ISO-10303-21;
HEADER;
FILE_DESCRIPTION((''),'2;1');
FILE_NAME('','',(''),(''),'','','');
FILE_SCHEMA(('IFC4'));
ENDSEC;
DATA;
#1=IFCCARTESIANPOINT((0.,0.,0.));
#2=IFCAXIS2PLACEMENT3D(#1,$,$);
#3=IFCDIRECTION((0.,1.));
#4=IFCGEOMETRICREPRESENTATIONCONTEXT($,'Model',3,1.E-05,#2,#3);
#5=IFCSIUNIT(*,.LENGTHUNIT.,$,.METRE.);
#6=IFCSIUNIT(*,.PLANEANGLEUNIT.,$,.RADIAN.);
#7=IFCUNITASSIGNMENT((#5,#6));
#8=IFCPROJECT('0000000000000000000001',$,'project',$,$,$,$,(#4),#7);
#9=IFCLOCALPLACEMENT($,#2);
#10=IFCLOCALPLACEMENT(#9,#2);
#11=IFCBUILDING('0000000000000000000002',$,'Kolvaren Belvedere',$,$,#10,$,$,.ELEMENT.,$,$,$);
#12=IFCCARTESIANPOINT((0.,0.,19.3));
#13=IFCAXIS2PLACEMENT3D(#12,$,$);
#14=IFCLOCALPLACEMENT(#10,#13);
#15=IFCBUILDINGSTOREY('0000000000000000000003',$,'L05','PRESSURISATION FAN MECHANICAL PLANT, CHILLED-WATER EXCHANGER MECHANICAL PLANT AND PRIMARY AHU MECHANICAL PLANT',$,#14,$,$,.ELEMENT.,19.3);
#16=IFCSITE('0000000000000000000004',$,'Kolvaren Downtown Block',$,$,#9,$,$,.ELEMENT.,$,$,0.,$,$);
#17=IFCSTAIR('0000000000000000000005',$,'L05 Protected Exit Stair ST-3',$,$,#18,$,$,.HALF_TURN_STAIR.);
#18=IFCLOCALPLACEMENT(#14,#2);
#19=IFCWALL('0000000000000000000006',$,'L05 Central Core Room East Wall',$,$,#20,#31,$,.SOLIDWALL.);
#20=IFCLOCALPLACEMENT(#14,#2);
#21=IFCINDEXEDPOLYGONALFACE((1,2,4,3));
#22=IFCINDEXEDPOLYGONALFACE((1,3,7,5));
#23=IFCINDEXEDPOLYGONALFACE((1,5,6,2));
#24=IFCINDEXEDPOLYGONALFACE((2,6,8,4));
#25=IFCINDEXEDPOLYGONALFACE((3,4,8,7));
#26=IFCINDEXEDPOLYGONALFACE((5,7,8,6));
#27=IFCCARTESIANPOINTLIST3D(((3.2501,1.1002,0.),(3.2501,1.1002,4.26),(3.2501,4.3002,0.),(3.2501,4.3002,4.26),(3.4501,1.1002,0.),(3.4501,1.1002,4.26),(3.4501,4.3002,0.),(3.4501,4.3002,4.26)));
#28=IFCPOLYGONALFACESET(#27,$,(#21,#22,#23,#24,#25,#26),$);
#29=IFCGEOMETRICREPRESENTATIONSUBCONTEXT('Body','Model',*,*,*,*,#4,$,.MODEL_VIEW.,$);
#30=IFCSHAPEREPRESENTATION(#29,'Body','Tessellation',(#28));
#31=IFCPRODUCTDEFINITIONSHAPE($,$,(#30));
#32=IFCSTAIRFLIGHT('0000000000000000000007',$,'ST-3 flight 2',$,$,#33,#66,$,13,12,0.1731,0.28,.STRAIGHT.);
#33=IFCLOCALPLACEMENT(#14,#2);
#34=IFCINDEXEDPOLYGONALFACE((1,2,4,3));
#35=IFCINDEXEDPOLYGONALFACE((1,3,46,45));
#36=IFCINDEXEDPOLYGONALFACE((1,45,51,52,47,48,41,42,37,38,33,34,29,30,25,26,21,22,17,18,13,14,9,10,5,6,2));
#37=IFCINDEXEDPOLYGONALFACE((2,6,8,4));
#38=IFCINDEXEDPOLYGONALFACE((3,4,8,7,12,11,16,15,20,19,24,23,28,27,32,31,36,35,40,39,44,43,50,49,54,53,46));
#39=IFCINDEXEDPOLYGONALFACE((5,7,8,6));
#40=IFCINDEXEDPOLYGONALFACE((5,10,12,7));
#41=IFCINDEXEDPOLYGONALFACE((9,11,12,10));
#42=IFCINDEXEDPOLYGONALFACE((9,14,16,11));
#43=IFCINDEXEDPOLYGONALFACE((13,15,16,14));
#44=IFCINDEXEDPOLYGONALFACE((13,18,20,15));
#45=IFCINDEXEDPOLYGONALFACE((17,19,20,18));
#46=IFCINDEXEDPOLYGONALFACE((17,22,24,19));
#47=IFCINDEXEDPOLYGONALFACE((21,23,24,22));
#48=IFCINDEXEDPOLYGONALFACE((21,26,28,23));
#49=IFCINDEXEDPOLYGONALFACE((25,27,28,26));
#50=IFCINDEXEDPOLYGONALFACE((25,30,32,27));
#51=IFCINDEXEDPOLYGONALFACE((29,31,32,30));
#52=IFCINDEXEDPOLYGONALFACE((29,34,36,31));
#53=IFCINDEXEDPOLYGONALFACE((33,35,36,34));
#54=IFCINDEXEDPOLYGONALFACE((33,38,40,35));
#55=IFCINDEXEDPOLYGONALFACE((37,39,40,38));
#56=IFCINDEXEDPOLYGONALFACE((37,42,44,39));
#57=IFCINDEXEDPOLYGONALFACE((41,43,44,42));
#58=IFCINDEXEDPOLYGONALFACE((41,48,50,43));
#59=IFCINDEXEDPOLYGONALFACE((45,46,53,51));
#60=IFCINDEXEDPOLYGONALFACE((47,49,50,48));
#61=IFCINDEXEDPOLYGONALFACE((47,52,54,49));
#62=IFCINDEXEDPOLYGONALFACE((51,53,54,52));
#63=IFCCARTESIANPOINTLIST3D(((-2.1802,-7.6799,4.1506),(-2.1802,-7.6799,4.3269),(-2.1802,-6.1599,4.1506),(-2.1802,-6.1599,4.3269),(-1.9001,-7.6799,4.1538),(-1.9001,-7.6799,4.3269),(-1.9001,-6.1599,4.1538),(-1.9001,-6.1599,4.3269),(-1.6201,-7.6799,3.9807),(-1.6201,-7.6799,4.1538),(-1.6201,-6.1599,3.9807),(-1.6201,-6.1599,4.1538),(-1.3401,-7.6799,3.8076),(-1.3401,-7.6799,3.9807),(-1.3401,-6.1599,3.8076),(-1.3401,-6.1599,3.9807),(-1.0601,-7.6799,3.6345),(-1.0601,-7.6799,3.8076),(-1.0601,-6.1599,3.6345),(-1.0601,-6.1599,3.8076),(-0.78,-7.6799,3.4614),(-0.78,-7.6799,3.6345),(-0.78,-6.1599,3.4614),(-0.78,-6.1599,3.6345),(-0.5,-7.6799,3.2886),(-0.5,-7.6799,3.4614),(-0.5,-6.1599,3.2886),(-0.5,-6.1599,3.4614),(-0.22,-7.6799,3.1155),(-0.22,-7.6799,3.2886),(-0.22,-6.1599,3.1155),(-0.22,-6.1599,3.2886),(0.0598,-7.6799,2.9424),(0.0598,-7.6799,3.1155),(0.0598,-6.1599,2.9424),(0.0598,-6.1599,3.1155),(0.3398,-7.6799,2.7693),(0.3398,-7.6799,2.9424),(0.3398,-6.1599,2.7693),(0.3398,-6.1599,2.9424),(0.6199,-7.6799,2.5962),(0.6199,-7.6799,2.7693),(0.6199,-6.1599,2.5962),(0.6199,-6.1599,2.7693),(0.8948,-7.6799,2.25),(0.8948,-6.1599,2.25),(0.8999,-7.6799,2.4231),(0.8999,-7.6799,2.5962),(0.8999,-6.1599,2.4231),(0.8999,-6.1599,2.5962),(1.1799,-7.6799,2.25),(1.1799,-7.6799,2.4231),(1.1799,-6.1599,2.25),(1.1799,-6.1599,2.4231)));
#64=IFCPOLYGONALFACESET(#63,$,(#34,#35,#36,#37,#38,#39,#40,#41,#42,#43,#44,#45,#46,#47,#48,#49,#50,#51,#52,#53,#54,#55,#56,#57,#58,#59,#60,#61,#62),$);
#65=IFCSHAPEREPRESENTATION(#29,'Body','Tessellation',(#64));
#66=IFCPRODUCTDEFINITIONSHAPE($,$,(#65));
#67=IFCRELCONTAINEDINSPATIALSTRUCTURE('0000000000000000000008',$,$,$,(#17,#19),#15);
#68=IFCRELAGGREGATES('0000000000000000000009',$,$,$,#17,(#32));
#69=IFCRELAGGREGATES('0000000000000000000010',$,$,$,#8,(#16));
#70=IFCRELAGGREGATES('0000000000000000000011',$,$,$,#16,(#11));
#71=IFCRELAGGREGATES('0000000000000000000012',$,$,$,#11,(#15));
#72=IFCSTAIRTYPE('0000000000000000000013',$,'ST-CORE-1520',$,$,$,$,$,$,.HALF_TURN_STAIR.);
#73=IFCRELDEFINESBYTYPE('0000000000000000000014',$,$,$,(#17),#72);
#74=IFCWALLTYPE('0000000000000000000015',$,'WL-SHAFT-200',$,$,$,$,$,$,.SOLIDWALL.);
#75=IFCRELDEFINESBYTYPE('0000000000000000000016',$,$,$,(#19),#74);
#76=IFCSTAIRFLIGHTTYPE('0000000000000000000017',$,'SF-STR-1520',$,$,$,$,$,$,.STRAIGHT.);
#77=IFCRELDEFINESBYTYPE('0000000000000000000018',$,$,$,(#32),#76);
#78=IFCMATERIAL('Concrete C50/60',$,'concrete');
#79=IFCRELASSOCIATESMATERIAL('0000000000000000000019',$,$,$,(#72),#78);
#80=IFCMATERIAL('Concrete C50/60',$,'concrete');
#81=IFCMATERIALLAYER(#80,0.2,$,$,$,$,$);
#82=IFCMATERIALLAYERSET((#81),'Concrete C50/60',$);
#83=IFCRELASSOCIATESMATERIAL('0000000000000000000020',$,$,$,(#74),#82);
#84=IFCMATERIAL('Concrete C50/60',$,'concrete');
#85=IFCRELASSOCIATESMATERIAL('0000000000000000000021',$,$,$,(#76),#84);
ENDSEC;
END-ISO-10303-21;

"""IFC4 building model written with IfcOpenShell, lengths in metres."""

from ifc_helpers import new_model, si_unit, direction, frame, frame_2d, origin, place, context, subcontext, project, spatial, polyline, rectangle, outline, extrude, material, layer, layer_set, type_object, element, aggregate, save


model = new_model("IFC4")

# Units and contexts
model_context = context("Model", 3, precision=1e-05, world=origin(), true_north=direction((0.0, 1.0)))
body_context = subcontext(model_context, "Body", "Model", "MODEL_VIEW")
ifc_project = project(units=[si_unit("LENGTHUNIT", "METRE"), si_unit("PLANEANGLEUNIT", "RADIAN")], contexts=[model_context])

# Site, building, storey
site_placement = place(None, origin())
site = spatial("IfcSite", under=ifc_project, at=site_placement, Name="Kolvaren Downtown Block", CompositionType="ELEMENT", RefElevation=0.0)
building_placement = place(site_placement, origin())
building = spatial("IfcBuilding", under=site, at=building_placement, Name="Kolvaren Belvedere", CompositionType="ELEMENT")
storey_placement = place(building_placement, frame((0.0, 0.0, 19.3)))
storey = spatial("IfcBuildingStorey", under=building, at=storey_placement, Name="L05", Description="PRESSURISATION FAN MECHANICAL PLANT, CHILLED-WATER EXCHANGER MECHANICAL PLANT AND PRIMARY AHU MECHANICAL PLANT", CompositionType="ELEMENT", Elevation=19.3)

# Stair
ifc_material_1 = material(Name="Concrete C50/60", Category="concrete")
stair_type = type_object("IfcStairType", Name="ST-CORE-1520", PredefinedType="HALF_TURN_STAIR", material=ifc_material_1)
stair_1_placement = place(storey_placement, origin())
stair_1 = element("IfcStair", 1, at=stair_1_placement, inside=storey, type_object=stair_type, Name="L05 Protected Exit Stair ST-3", PredefinedType="HALF_TURN_STAIR")

# Wall
ifc_material_2 = material(Name="Concrete C50/60", Category="concrete")
ifc_layer_1 = layer(ifc_material_2, 0.2)
ifc_layer_set_1 = layer_set([ifc_layer_1], Name="Concrete C50/60")
wall_type_1 = type_object("IfcWallType", Name="WL-SHAFT-200", PredefinedType="SOLIDWALL", material=ifc_layer_set_1)
wall_1_placement = place(storey_placement, frame((3.3501, 1.1001, 0.0), z_axis=(0.0, 0.0, 1.0), x_axis=(0.0, 1.0, 0.0)))
element("IfcWall", 2, at=wall_1_placement, inside=storey, type_object=wall_type_1, Name="L05 Central Core Room East Wall", PredefinedType="SOLIDWALL", context=body_context, shape_type="SweptSolid", body=[
    extrude(rectangle(XDim=3.2, YDim=0.2, at=frame_2d((1.6001, 0.0))), origin(), (0.0, 0.0, 1.0), 4.26),
])

# Stair flight
ifc_material_3 = material(Name="Concrete C50/60", Category="concrete")
stair_flight_type = type_object("IfcStairFlightType", Name="SF-STR-1520", PredefinedType="STRAIGHT", material=ifc_material_3)
stair_flight_placement = place(storey_placement, frame((1.1799, -6.9199, 2.25), z_axis=(0.0, 0.0, 1.0), x_axis=(-1.0, 0.0, 0.0)))
stair_flight = element("IfcStairFlight", 3, at=stair_flight_placement, type_object=stair_flight_type, Name="ST-3 flight 2", NumberOfRisers=13, NumberOfTreads=12, PredefinedType="STRAIGHT", RiserHeight=0.1731, TreadLength=0.28, context=body_context, shape_type="SweptSolid", body=[
    extrude(outline(polyline([(0.0, 0.0), (0.0, 0.1731), (0.28, 0.1731), (0.28, 0.3462), (0.5601, 0.3462), (0.5601, 0.5193), (0.8401, 0.5193), (0.8401, 0.6924), (1.1201, 0.6924), (1.1201, 0.8655), (1.3999, 0.8655), (1.3999, 1.0386), (1.6799, 1.0386), (1.6799, 1.2114), (1.96, 1.2114), (1.96, 1.3845), (2.24, 1.3845), (2.24, 1.5576), (2.52, 1.5576), (2.52, 1.7307), (2.8, 1.7307), (2.8, 1.9038), (3.0801, 1.9038), (3.0801, 2.0769), (3.3601, 2.0769), (3.3601, 2.25), (3.3601, 1.9006), (0.2852, 0.0), (0.0, 0.0)])), frame((0.0, 0.76, 0.0), z_axis=(0.0, -1.0, 0.0), x_axis=(1.0, 0.0, 0.0)), (0.0, 0.0, 1.0), 1.52),
])
aggregate(stair_1, [stair_flight])

save(model, "model.ifc")
